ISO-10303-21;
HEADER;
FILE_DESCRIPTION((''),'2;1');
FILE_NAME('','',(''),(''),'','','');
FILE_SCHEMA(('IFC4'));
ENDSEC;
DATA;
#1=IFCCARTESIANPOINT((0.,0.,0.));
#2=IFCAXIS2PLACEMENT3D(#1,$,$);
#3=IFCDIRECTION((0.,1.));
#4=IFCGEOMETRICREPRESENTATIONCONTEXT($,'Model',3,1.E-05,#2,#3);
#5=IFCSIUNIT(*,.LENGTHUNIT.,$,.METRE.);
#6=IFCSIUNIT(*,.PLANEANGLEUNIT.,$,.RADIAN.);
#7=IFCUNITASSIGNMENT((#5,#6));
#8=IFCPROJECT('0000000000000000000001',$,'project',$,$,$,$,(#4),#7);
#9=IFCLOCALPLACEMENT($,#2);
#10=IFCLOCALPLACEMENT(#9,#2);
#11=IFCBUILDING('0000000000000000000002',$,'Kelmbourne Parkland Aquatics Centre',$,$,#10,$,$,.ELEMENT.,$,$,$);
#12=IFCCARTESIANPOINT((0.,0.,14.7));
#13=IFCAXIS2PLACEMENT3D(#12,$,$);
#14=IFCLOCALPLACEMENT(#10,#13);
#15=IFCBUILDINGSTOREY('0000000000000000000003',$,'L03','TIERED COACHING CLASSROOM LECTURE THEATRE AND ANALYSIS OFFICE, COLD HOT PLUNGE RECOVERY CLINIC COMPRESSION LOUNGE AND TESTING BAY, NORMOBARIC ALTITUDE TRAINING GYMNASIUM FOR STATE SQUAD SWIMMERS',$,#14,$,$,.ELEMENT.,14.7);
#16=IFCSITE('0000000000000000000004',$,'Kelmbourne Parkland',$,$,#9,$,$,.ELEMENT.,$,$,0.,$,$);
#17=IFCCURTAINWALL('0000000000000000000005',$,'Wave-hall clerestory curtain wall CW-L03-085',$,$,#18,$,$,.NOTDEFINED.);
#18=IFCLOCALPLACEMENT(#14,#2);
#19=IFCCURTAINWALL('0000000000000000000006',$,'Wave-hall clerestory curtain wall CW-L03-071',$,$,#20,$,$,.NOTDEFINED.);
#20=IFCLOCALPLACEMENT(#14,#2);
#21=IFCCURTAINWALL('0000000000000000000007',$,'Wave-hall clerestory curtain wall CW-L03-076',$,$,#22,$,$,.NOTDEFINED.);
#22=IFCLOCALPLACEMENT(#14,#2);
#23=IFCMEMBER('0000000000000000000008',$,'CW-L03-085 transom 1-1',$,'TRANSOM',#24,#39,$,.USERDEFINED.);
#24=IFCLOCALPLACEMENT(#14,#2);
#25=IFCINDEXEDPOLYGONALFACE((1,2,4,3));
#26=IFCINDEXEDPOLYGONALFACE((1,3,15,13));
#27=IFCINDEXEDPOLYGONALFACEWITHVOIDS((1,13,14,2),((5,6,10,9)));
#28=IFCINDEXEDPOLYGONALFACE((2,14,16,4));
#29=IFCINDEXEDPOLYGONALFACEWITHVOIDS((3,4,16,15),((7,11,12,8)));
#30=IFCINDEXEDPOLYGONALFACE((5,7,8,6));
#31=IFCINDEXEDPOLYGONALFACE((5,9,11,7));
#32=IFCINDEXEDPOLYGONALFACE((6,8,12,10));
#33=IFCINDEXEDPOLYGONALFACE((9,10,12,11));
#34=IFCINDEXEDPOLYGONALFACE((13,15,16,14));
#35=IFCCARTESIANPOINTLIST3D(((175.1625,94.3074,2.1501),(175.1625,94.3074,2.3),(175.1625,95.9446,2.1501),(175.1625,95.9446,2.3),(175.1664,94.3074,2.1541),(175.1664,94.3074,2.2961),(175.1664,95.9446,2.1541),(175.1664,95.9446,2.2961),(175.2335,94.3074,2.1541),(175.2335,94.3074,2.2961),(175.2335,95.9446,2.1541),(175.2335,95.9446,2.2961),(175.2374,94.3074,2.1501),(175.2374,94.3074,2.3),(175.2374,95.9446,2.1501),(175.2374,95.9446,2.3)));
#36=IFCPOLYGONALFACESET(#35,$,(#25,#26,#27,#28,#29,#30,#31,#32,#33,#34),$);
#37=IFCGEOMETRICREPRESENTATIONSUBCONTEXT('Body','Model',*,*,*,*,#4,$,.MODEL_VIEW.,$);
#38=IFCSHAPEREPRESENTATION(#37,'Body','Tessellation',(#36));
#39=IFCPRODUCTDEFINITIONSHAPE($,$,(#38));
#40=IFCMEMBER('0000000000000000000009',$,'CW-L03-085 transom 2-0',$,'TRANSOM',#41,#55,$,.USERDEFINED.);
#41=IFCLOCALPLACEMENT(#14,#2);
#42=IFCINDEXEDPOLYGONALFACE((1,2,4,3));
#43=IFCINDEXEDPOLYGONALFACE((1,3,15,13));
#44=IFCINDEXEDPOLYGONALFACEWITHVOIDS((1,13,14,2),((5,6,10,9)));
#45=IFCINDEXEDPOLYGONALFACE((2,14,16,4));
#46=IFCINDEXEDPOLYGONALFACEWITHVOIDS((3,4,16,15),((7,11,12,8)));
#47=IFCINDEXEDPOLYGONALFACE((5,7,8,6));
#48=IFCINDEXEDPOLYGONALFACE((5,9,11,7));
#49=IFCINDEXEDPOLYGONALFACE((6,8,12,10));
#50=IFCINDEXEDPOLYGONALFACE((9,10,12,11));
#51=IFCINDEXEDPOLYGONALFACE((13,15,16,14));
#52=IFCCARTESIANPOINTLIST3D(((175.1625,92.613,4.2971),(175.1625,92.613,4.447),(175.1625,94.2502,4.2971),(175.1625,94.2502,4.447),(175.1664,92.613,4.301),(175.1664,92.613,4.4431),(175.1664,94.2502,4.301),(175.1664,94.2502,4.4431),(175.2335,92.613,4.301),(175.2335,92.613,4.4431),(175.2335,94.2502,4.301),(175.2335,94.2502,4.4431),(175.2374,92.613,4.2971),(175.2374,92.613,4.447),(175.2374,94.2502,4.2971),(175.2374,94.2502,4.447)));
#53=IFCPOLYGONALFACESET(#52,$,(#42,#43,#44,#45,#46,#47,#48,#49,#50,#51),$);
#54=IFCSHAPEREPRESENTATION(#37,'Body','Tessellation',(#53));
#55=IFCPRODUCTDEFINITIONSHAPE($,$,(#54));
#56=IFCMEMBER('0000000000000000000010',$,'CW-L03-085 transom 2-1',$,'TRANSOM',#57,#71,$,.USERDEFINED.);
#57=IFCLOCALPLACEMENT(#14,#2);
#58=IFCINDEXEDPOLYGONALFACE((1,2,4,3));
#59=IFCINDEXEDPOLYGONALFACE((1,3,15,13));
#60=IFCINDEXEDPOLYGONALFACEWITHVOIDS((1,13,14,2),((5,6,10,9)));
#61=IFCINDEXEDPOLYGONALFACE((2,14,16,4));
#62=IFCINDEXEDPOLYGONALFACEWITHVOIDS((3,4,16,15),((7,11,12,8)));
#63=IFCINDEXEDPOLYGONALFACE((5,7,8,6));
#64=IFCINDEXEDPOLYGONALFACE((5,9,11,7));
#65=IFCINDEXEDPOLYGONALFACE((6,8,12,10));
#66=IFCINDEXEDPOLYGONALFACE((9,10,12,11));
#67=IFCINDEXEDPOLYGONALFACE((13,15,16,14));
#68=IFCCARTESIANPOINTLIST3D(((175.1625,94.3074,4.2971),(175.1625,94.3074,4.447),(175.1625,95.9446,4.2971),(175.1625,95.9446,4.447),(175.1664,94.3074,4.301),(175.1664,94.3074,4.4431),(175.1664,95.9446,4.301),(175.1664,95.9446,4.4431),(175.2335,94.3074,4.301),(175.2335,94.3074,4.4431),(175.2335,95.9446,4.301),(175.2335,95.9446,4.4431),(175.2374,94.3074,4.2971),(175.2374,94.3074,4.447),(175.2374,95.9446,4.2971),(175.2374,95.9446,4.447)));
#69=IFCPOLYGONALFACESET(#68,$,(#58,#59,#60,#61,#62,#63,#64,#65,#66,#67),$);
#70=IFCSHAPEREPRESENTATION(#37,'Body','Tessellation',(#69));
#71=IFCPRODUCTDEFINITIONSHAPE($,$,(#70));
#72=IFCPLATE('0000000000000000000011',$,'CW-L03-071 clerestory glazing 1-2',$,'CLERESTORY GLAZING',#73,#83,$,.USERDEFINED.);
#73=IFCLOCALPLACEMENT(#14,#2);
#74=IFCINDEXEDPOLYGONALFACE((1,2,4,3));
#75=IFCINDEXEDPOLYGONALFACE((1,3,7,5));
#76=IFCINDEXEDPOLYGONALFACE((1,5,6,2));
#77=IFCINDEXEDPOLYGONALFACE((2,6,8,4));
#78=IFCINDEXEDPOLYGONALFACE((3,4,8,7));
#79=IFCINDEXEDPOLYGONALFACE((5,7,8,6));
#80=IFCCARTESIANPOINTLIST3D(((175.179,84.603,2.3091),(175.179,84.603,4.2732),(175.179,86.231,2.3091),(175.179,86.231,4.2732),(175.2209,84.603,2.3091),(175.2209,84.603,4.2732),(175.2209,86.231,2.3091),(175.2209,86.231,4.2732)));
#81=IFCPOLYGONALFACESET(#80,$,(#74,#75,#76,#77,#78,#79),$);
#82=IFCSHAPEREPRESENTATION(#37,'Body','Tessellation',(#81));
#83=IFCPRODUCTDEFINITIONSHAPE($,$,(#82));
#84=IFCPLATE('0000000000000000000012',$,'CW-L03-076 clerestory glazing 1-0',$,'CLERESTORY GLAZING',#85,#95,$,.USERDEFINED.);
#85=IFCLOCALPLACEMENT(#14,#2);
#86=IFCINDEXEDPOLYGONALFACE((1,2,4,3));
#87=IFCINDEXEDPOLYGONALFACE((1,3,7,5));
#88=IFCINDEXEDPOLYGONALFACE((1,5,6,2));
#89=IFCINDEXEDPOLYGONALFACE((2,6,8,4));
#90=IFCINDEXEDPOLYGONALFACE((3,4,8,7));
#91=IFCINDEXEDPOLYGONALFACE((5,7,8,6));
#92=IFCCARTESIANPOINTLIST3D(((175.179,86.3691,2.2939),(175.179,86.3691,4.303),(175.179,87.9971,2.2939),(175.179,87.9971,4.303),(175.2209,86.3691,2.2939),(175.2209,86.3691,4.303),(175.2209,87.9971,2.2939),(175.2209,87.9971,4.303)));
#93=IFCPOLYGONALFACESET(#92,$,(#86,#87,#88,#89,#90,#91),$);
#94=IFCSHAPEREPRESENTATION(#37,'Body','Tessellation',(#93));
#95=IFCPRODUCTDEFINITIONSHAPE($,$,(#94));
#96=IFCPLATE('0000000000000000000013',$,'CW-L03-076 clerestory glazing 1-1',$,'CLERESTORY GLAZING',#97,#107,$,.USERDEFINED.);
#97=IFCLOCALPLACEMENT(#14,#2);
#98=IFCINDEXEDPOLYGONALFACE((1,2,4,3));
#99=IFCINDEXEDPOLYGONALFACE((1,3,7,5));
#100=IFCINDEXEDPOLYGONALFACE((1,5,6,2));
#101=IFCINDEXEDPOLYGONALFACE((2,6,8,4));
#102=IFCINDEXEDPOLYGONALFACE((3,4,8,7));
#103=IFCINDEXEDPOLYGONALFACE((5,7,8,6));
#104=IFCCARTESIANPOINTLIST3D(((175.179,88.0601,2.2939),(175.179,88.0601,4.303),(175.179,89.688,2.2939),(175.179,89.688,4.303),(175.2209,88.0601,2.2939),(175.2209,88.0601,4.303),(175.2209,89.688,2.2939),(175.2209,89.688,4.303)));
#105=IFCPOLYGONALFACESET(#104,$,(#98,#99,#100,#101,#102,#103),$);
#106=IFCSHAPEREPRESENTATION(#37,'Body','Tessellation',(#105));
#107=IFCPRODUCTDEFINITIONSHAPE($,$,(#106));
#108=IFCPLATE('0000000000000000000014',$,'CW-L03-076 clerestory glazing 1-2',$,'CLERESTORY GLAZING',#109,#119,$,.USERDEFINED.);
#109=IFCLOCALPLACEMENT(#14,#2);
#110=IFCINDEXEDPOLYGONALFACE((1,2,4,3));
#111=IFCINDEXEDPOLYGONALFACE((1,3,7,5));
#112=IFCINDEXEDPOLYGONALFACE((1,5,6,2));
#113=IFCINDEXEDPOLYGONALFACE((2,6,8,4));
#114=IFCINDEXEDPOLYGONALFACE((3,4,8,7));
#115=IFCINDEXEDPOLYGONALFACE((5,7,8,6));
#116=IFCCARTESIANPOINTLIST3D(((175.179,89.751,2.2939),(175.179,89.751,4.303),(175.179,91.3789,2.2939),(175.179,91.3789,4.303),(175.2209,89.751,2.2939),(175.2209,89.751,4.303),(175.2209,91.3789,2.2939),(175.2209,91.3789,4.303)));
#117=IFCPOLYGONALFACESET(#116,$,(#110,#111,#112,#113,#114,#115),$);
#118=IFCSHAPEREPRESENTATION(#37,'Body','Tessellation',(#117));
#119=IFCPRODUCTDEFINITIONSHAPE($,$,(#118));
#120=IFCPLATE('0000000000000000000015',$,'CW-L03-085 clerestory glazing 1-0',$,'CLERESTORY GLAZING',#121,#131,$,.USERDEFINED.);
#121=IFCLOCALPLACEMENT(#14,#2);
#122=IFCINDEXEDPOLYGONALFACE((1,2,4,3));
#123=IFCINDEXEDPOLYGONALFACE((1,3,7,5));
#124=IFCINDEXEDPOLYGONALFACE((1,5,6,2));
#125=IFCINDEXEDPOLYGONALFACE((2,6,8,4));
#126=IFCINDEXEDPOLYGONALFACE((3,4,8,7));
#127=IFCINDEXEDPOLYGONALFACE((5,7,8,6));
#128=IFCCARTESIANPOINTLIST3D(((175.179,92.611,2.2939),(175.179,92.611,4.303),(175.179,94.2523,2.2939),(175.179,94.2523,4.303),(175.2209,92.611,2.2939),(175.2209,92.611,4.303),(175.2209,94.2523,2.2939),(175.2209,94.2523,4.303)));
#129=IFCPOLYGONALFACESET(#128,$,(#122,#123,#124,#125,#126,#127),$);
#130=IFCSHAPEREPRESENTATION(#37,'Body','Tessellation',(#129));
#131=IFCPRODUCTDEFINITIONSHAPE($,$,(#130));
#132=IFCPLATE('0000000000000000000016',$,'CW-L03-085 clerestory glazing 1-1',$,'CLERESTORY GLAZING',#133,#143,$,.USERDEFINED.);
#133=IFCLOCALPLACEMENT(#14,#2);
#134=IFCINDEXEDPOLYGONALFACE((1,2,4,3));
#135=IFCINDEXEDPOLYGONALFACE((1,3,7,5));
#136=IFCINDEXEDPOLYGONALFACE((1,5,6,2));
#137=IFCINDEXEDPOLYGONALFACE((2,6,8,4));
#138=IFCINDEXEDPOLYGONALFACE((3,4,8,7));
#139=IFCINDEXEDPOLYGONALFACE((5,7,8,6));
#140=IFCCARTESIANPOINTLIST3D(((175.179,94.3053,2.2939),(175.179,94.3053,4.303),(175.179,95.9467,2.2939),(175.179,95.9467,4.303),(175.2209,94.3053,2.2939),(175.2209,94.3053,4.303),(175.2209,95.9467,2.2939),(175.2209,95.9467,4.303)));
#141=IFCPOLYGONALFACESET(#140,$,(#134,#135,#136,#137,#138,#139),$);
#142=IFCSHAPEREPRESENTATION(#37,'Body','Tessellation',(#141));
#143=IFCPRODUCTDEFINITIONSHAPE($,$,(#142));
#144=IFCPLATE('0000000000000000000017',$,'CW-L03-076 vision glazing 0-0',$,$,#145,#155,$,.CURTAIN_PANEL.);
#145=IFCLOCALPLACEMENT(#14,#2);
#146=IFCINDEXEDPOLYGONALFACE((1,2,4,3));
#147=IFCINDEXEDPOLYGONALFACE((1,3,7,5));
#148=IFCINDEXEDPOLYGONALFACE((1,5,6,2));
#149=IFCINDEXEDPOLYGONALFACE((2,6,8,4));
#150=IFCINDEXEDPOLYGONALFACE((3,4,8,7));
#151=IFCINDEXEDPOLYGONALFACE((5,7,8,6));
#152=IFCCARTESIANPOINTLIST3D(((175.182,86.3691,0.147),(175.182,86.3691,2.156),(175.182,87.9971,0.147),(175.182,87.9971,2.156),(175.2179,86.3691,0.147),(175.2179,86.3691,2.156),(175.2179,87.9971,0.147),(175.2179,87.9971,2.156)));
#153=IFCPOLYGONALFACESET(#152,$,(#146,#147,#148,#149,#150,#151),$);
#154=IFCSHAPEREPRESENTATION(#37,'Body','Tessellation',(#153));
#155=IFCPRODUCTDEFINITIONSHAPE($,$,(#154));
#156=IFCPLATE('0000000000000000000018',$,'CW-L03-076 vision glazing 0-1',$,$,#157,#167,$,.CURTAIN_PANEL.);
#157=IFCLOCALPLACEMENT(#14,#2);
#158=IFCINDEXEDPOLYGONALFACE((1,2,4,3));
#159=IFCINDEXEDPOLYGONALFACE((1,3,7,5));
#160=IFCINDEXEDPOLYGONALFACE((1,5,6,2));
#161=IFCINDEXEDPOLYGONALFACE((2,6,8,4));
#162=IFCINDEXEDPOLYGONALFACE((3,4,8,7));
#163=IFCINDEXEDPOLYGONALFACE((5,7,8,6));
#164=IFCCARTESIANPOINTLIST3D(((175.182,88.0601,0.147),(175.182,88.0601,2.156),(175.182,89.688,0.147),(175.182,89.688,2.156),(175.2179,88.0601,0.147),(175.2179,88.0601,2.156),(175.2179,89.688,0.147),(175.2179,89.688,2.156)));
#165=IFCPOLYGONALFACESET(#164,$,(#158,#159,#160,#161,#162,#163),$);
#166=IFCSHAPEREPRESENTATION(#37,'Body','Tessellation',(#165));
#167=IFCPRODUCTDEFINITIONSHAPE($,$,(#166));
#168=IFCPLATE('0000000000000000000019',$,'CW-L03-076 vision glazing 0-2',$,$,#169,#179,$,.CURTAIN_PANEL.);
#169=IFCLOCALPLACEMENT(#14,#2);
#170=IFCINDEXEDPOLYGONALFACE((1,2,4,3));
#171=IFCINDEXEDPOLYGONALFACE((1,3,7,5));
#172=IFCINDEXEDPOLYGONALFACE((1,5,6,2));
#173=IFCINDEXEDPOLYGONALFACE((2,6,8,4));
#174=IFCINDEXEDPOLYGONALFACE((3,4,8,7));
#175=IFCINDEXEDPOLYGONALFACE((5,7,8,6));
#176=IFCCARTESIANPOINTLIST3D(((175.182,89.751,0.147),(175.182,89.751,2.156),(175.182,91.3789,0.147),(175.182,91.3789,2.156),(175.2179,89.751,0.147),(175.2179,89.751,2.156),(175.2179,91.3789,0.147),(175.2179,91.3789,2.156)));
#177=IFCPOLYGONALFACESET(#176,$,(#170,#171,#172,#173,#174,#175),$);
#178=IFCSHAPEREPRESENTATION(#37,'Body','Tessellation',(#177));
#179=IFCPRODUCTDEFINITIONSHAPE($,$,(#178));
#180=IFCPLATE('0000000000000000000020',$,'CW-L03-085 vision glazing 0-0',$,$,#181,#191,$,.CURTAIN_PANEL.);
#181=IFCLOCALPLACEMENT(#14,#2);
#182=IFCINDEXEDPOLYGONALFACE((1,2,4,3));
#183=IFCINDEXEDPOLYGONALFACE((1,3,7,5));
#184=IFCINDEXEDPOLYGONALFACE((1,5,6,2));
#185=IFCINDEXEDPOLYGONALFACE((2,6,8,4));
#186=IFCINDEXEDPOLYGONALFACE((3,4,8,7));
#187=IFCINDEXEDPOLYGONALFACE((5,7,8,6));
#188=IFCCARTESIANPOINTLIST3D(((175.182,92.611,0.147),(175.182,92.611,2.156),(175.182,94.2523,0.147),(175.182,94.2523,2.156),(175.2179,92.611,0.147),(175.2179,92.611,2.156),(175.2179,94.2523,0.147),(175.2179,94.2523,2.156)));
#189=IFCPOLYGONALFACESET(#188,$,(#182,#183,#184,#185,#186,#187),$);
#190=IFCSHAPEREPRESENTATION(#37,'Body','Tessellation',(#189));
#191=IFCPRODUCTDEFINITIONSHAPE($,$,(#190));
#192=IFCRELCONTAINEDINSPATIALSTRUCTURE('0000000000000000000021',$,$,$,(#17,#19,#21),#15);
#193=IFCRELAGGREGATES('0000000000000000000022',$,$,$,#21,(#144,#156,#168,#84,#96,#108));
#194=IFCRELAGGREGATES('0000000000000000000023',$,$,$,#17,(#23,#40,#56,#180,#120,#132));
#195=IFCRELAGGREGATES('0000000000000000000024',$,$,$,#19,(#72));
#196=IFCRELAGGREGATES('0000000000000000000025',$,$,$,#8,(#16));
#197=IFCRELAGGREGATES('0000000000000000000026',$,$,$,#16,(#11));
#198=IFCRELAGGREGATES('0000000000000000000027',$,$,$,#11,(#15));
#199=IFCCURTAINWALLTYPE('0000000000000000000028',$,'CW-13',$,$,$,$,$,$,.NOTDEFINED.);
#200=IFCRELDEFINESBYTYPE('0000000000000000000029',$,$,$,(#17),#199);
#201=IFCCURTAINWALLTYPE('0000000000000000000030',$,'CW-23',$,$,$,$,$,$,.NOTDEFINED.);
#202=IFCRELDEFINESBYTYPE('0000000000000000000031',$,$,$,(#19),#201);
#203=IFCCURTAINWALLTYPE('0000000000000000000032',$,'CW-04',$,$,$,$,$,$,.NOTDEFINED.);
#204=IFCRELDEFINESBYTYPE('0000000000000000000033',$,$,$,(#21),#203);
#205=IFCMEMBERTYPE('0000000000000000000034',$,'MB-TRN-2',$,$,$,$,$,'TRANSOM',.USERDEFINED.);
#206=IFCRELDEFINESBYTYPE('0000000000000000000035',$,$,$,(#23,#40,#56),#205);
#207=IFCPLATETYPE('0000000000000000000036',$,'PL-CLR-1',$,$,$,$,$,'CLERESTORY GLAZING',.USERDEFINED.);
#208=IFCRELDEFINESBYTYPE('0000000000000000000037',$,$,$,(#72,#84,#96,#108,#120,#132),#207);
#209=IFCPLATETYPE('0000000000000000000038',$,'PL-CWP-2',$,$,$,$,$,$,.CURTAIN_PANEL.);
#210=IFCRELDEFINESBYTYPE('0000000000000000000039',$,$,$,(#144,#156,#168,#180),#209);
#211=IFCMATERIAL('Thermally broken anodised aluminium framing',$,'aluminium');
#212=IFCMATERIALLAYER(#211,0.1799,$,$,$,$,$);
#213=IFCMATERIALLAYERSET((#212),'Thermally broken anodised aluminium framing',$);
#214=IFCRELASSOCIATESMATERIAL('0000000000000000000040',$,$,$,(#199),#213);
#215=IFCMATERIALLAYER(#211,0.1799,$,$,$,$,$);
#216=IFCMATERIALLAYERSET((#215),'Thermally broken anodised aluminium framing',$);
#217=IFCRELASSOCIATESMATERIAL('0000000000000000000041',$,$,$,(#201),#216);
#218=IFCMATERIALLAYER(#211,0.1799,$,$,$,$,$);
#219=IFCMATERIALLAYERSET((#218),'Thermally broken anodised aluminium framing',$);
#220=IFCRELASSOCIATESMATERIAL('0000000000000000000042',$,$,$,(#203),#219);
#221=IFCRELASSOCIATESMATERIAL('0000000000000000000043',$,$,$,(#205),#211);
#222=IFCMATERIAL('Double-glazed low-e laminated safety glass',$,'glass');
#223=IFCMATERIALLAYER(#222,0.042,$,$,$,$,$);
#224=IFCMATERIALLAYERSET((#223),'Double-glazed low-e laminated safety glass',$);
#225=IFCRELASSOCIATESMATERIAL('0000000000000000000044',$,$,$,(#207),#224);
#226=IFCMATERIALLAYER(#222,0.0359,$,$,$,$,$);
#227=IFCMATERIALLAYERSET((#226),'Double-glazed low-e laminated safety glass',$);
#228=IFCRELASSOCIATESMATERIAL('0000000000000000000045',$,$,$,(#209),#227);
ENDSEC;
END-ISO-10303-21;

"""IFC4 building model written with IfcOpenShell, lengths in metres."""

from ifc_helpers import new_model, si_unit, direction, frame, origin, origin_2d, place, context, subcontext, project, spatial, rectangle, hollow_rectangle, extrude, material, layer, layer_set, material_profile, profile_set, type_object, element, aggregate, save


model = new_model("IFC4")

# Units and contexts
model_context = context("Model", 3, precision=1e-05, world=origin(), true_north=direction((0.0, 1.0)))
body_context = subcontext(model_context, "Body", "Model", "MODEL_VIEW")
ifc_project = project(units=[si_unit("LENGTHUNIT", "METRE"), si_unit("PLANEANGLEUNIT", "RADIAN")], contexts=[model_context])

# Site, building, storey
site_placement = place(None, origin())
site = spatial("IfcSite", under=ifc_project, at=site_placement, Name="Kelmbourne Parkland", CompositionType="ELEMENT", RefElevation=0.0)
building_placement = place(site_placement, origin())
building = spatial("IfcBuilding", under=site, at=building_placement, Name="Kelmbourne Parkland Aquatics Centre", CompositionType="ELEMENT")
storey_placement = place(building_placement, frame((0.0, 0.0, 14.7)))
storey = spatial("IfcBuildingStorey", under=building, at=storey_placement, Name="L03", Description="TIERED COACHING CLASSROOM LECTURE THEATRE AND ANALYSIS OFFICE, COLD HOT PLUNGE RECOVERY CLINIC COMPRESSION LOUNGE AND TESTING BAY, NORMOBARIC ALTITUDE TRAINING GYMNASIUM FOR STATE SQUAD SWIMMERS", CompositionType="ELEMENT", Elevation=14.7)

# Curtain wall
ifc_material_1 = material(Name="Thermally broken anodised aluminium framing", Category="aluminium")
ifc_layer_1 = layer(ifc_material_1, 0.1799)
ifc_layer_set_1 = layer_set([ifc_layer_1], Name="Thermally broken anodised aluminium framing")
curtain_wall_type_1 = type_object("IfcCurtainWallType", Name="CW-13", PredefinedType="NOTDEFINED", material=ifc_layer_set_1)
curtain_wall_1_placement = place(storey_placement, origin())
curtain_wall_1 = element("IfcCurtainWall", 1, at=curtain_wall_1_placement, inside=storey, type_object=curtain_wall_type_1, Name="Wave-hall clerestory curtain wall CW-L03-085", PredefinedType="NOTDEFINED")

# Curtain wall
ifc_layer_2 = layer(ifc_material_1, 0.1799)
ifc_layer_set_2 = layer_set([ifc_layer_2], Name="Thermally broken anodised aluminium framing")
curtain_wall_type_2 = type_object("IfcCurtainWallType", Name="CW-23", PredefinedType="NOTDEFINED", material=ifc_layer_set_2)
curtain_wall_2_placement = place(storey_placement, origin())
curtain_wall_2 = element("IfcCurtainWall", 2, at=curtain_wall_2_placement, inside=storey, type_object=curtain_wall_type_2, Name="Wave-hall clerestory curtain wall CW-L03-071", PredefinedType="NOTDEFINED")

# Curtain wall
ifc_layer_3 = layer(ifc_material_1, 0.1799)
ifc_layer_set_3 = layer_set([ifc_layer_3], Name="Thermally broken anodised aluminium framing")
curtain_wall_type_3 = type_object("IfcCurtainWallType", Name="CW-04", PredefinedType="NOTDEFINED", material=ifc_layer_set_3)
curtain_wall_3_placement = place(storey_placement, origin())
curtain_wall_3 = element("IfcCurtainWall", 3, at=curtain_wall_3_placement, inside=storey, type_object=curtain_wall_type_3, Name="Wave-hall clerestory curtain wall CW-L03-076", PredefinedType="NOTDEFINED")
ifc_material_profile_1 = material_profile(ifc_material_1, hollow_rectangle(XDim=0.075, YDim=0.1499, WallThickness=0.0039, at=origin_2d()), Name="CW-T 75x150")
ifc_profile_set_1 = profile_set([ifc_material_profile_1], Name="Thermally broken anodised aluminium framing")
member_type_1 = type_object("IfcMemberType", Name="MB-TRN-2", ElementType="TRANSOM", PredefinedType="USERDEFINED", material=ifc_profile_set_1)

# Members
member_1_placement = place(storey_placement, frame((175.2, 94.3074, 2.2251), z_axis=(0.0, 1.0, 0.0), x_axis=(-1.0, 0.0, 0.0)))
member_1 = element("IfcMember", 4, at=member_1_placement, type_object=member_type_1, Name="CW-L03-085 transom 1-1", ObjectType="TRANSOM", PredefinedType="USERDEFINED", context=body_context, shape_type="SweptSolid", body=[
    extrude(hollow_rectangle(XDim=0.075, YDim=0.1499, WallThickness=0.0039, at=origin_2d()), origin(), (0.0, 0.0, 1.0), 1.6372),
])
member_2_placement = place(storey_placement, frame((175.2, 92.613, 4.3721), z_axis=(0.0, 1.0, 0.0), x_axis=(-1.0, 0.0, 0.0)))
member_2 = element("IfcMember", 5, at=member_2_placement, type_object=member_type_1, Name="CW-L03-085 transom 2-0", ObjectType="TRANSOM", PredefinedType="USERDEFINED", context=body_context, shape_type="SweptSolid", body=[
    extrude(hollow_rectangle(XDim=0.075, YDim=0.1499, WallThickness=0.0039, at=origin_2d()), origin(), (0.0, 0.0, 1.0), 1.6372),
])
member_3_placement = place(storey_placement, frame((175.2, 94.3074, 4.3721), z_axis=(0.0, 1.0, 0.0), x_axis=(-1.0, 0.0, 0.0)))
member_3 = element("IfcMember", 6, at=member_3_placement, type_object=member_type_1, Name="CW-L03-085 transom 2-1", ObjectType="TRANSOM", PredefinedType="USERDEFINED", context=body_context, shape_type="SweptSolid", body=[
    extrude(hollow_rectangle(XDim=0.075, YDim=0.1499, WallThickness=0.0039, at=origin_2d()), origin(), (0.0, 0.0, 1.0), 1.6372),
])

# Plates
ifc_material_2 = material(Name="Double-glazed low-e laminated safety glass", Category="glass")
ifc_layer_4 = layer(ifc_material_2, 0.042)
ifc_layer_set_4 = layer_set([ifc_layer_4], Name="Double-glazed low-e laminated safety glass")
plate_type_1 = type_object("IfcPlateType", Name="PL-CLR-1", ElementType="CLERESTORY GLAZING", PredefinedType="USERDEFINED", material=ifc_layer_set_4)
plate_1_placement = place(storey_placement, frame((175.2, 85.417, 2.3091), z_axis=(0.0, 0.0, 1.0), x_axis=(0.0, 1.0, 0.0)))
plate_1 = element("IfcPlate", 7, at=plate_1_placement, type_object=plate_type_1, Name="CW-L03-071 clerestory glazing 1-2", ObjectType="CLERESTORY GLAZING", PredefinedType="USERDEFINED", context=body_context, shape_type="SweptSolid", body=[
    extrude(rectangle(XDim=1.6279, YDim=0.042, at=origin_2d()), origin(), (0.0, 0.0, 1.0), 1.9641),
])
plate_2_placement = place(storey_placement, frame((175.2, 87.1831, 2.2939), z_axis=(0.0, 0.0, 1.0), x_axis=(0.0, 1.0, 0.0)))
plate_2 = element("IfcPlate", 8, at=plate_2_placement, type_object=plate_type_1, Name="CW-L03-076 clerestory glazing 1-0", ObjectType="CLERESTORY GLAZING", PredefinedType="USERDEFINED", context=body_context, shape_type="SweptSolid", body=[
    extrude(rectangle(XDim=1.6279, YDim=0.042, at=origin_2d()), origin(), (0.0, 0.0, 1.0), 2.009),
])
plate_3_placement = place(storey_placement, frame((175.2, 88.874, 2.2939), z_axis=(0.0, 0.0, 1.0), x_axis=(0.0, 1.0, 0.0)))
plate_3 = element("IfcPlate", 9, at=plate_3_placement, type_object=plate_type_1, Name="CW-L03-076 clerestory glazing 1-1", ObjectType="CLERESTORY GLAZING", PredefinedType="USERDEFINED", context=body_context, shape_type="SweptSolid", body=[
    extrude(rectangle(XDim=1.6279, YDim=0.042, at=origin_2d()), origin(), (0.0, 0.0, 1.0), 2.009),
])
plate_4_placement = place(storey_placement, frame((175.2, 90.5649, 2.2939), z_axis=(0.0, 0.0, 1.0), x_axis=(0.0, 1.0, 0.0)))
plate_4 = element("IfcPlate", 10, at=plate_4_placement, type_object=plate_type_1, Name="CW-L03-076 clerestory glazing 1-2", ObjectType="CLERESTORY GLAZING", PredefinedType="USERDEFINED", context=body_context, shape_type="SweptSolid", body=[
    extrude(rectangle(XDim=1.6279, YDim=0.042, at=origin_2d()), origin(), (0.0, 0.0, 1.0), 2.009),
])
plate_5_placement = place(storey_placement, frame((175.2, 93.4316, 2.2939), z_axis=(0.0, 0.0, 1.0), x_axis=(0.0, 1.0, 0.0)))
plate_5 = element("IfcPlate", 11, at=plate_5_placement, type_object=plate_type_1, Name="CW-L03-085 clerestory glazing 1-0", ObjectType="CLERESTORY GLAZING", PredefinedType="USERDEFINED", context=body_context, shape_type="SweptSolid", body=[
    extrude(rectangle(XDim=1.6414, YDim=0.042, at=origin_2d()), origin(), (0.0, 0.0, 1.0), 2.009),
])
plate_6_placement = place(storey_placement, frame((175.2, 95.126, 2.2939), z_axis=(0.0, 0.0, 1.0), x_axis=(0.0, 1.0, 0.0)))
plate_6 = element("IfcPlate", 12, at=plate_6_placement, type_object=plate_type_1, Name="CW-L03-085 clerestory glazing 1-1", ObjectType="CLERESTORY GLAZING", PredefinedType="USERDEFINED", context=body_context, shape_type="SweptSolid", body=[
    extrude(rectangle(XDim=1.6414, YDim=0.042, at=origin_2d()), origin(), (0.0, 0.0, 1.0), 2.009),
])
ifc_layer_5 = layer(ifc_material_2, 0.0359)
ifc_layer_set_5 = layer_set([ifc_layer_5], Name="Double-glazed low-e laminated safety glass")
plate_type_2 = type_object("IfcPlateType", Name="PL-CWP-2", PredefinedType="CURTAIN_PANEL", material=ifc_layer_set_5)
plate_7_placement = place(storey_placement, frame((175.2, 87.1831, 0.147), z_axis=(0.0, 0.0, 1.0), x_axis=(0.0, 1.0, 0.0)))
plate_7 = element("IfcPlate", 13, at=plate_7_placement, type_object=plate_type_2, Name="CW-L03-076 vision glazing 0-0", PredefinedType="CURTAIN_PANEL", context=body_context, shape_type="SweptSolid", body=[
    extrude(rectangle(XDim=1.6279, YDim=0.0359, at=origin_2d()), origin(), (0.0, 0.0, 1.0), 2.009),
])
plate_8_placement = place(storey_placement, frame((175.2, 88.874, 0.147), z_axis=(0.0, 0.0, 1.0), x_axis=(0.0, 1.0, 0.0)))
plate_8 = element("IfcPlate", 14, at=plate_8_placement, type_object=plate_type_2, Name="CW-L03-076 vision glazing 0-1", PredefinedType="CURTAIN_PANEL", context=body_context, shape_type="SweptSolid", body=[
    extrude(rectangle(XDim=1.6279, YDim=0.0359, at=origin_2d()), origin(), (0.0, 0.0, 1.0), 2.009),
])
plate_9_placement = place(storey_placement, frame((175.2, 90.5649, 0.147), z_axis=(0.0, 0.0, 1.0), x_axis=(0.0, 1.0, 0.0)))
plate_9 = element("IfcPlate", 15, at=plate_9_placement, type_object=plate_type_2, Name="CW-L03-076 vision glazing 0-2", PredefinedType="CURTAIN_PANEL", context=body_context, shape_type="SweptSolid", body=[
    extrude(rectangle(XDim=1.6279, YDim=0.0359, at=origin_2d()), origin(), (0.0, 0.0, 1.0), 2.009),
])
aggregate(curtain_wall_3, [plate_7, plate_8, plate_9, plate_2, plate_3, plate_4])
plate_10_placement = place(storey_placement, frame((175.2, 93.4316, 0.147), z_axis=(0.0, 0.0, 1.0), x_axis=(0.0, 1.0, 0.0)))
plate_10 = element("IfcPlate", 16, at=plate_10_placement, type_object=plate_type_2, Name="CW-L03-085 vision glazing 0-0", PredefinedType="CURTAIN_PANEL", context=body_context, shape_type="SweptSolid", body=[
    extrude(rectangle(XDim=1.6414, YDim=0.0359, at=origin_2d()), origin(), (0.0, 0.0, 1.0), 2.009),
])
aggregate(curtain_wall_1, [member_1, member_2, member_3, plate_10, plate_5, plate_6])
aggregate(curtain_wall_2, [plate_1])

save(model, "model.ifc")
